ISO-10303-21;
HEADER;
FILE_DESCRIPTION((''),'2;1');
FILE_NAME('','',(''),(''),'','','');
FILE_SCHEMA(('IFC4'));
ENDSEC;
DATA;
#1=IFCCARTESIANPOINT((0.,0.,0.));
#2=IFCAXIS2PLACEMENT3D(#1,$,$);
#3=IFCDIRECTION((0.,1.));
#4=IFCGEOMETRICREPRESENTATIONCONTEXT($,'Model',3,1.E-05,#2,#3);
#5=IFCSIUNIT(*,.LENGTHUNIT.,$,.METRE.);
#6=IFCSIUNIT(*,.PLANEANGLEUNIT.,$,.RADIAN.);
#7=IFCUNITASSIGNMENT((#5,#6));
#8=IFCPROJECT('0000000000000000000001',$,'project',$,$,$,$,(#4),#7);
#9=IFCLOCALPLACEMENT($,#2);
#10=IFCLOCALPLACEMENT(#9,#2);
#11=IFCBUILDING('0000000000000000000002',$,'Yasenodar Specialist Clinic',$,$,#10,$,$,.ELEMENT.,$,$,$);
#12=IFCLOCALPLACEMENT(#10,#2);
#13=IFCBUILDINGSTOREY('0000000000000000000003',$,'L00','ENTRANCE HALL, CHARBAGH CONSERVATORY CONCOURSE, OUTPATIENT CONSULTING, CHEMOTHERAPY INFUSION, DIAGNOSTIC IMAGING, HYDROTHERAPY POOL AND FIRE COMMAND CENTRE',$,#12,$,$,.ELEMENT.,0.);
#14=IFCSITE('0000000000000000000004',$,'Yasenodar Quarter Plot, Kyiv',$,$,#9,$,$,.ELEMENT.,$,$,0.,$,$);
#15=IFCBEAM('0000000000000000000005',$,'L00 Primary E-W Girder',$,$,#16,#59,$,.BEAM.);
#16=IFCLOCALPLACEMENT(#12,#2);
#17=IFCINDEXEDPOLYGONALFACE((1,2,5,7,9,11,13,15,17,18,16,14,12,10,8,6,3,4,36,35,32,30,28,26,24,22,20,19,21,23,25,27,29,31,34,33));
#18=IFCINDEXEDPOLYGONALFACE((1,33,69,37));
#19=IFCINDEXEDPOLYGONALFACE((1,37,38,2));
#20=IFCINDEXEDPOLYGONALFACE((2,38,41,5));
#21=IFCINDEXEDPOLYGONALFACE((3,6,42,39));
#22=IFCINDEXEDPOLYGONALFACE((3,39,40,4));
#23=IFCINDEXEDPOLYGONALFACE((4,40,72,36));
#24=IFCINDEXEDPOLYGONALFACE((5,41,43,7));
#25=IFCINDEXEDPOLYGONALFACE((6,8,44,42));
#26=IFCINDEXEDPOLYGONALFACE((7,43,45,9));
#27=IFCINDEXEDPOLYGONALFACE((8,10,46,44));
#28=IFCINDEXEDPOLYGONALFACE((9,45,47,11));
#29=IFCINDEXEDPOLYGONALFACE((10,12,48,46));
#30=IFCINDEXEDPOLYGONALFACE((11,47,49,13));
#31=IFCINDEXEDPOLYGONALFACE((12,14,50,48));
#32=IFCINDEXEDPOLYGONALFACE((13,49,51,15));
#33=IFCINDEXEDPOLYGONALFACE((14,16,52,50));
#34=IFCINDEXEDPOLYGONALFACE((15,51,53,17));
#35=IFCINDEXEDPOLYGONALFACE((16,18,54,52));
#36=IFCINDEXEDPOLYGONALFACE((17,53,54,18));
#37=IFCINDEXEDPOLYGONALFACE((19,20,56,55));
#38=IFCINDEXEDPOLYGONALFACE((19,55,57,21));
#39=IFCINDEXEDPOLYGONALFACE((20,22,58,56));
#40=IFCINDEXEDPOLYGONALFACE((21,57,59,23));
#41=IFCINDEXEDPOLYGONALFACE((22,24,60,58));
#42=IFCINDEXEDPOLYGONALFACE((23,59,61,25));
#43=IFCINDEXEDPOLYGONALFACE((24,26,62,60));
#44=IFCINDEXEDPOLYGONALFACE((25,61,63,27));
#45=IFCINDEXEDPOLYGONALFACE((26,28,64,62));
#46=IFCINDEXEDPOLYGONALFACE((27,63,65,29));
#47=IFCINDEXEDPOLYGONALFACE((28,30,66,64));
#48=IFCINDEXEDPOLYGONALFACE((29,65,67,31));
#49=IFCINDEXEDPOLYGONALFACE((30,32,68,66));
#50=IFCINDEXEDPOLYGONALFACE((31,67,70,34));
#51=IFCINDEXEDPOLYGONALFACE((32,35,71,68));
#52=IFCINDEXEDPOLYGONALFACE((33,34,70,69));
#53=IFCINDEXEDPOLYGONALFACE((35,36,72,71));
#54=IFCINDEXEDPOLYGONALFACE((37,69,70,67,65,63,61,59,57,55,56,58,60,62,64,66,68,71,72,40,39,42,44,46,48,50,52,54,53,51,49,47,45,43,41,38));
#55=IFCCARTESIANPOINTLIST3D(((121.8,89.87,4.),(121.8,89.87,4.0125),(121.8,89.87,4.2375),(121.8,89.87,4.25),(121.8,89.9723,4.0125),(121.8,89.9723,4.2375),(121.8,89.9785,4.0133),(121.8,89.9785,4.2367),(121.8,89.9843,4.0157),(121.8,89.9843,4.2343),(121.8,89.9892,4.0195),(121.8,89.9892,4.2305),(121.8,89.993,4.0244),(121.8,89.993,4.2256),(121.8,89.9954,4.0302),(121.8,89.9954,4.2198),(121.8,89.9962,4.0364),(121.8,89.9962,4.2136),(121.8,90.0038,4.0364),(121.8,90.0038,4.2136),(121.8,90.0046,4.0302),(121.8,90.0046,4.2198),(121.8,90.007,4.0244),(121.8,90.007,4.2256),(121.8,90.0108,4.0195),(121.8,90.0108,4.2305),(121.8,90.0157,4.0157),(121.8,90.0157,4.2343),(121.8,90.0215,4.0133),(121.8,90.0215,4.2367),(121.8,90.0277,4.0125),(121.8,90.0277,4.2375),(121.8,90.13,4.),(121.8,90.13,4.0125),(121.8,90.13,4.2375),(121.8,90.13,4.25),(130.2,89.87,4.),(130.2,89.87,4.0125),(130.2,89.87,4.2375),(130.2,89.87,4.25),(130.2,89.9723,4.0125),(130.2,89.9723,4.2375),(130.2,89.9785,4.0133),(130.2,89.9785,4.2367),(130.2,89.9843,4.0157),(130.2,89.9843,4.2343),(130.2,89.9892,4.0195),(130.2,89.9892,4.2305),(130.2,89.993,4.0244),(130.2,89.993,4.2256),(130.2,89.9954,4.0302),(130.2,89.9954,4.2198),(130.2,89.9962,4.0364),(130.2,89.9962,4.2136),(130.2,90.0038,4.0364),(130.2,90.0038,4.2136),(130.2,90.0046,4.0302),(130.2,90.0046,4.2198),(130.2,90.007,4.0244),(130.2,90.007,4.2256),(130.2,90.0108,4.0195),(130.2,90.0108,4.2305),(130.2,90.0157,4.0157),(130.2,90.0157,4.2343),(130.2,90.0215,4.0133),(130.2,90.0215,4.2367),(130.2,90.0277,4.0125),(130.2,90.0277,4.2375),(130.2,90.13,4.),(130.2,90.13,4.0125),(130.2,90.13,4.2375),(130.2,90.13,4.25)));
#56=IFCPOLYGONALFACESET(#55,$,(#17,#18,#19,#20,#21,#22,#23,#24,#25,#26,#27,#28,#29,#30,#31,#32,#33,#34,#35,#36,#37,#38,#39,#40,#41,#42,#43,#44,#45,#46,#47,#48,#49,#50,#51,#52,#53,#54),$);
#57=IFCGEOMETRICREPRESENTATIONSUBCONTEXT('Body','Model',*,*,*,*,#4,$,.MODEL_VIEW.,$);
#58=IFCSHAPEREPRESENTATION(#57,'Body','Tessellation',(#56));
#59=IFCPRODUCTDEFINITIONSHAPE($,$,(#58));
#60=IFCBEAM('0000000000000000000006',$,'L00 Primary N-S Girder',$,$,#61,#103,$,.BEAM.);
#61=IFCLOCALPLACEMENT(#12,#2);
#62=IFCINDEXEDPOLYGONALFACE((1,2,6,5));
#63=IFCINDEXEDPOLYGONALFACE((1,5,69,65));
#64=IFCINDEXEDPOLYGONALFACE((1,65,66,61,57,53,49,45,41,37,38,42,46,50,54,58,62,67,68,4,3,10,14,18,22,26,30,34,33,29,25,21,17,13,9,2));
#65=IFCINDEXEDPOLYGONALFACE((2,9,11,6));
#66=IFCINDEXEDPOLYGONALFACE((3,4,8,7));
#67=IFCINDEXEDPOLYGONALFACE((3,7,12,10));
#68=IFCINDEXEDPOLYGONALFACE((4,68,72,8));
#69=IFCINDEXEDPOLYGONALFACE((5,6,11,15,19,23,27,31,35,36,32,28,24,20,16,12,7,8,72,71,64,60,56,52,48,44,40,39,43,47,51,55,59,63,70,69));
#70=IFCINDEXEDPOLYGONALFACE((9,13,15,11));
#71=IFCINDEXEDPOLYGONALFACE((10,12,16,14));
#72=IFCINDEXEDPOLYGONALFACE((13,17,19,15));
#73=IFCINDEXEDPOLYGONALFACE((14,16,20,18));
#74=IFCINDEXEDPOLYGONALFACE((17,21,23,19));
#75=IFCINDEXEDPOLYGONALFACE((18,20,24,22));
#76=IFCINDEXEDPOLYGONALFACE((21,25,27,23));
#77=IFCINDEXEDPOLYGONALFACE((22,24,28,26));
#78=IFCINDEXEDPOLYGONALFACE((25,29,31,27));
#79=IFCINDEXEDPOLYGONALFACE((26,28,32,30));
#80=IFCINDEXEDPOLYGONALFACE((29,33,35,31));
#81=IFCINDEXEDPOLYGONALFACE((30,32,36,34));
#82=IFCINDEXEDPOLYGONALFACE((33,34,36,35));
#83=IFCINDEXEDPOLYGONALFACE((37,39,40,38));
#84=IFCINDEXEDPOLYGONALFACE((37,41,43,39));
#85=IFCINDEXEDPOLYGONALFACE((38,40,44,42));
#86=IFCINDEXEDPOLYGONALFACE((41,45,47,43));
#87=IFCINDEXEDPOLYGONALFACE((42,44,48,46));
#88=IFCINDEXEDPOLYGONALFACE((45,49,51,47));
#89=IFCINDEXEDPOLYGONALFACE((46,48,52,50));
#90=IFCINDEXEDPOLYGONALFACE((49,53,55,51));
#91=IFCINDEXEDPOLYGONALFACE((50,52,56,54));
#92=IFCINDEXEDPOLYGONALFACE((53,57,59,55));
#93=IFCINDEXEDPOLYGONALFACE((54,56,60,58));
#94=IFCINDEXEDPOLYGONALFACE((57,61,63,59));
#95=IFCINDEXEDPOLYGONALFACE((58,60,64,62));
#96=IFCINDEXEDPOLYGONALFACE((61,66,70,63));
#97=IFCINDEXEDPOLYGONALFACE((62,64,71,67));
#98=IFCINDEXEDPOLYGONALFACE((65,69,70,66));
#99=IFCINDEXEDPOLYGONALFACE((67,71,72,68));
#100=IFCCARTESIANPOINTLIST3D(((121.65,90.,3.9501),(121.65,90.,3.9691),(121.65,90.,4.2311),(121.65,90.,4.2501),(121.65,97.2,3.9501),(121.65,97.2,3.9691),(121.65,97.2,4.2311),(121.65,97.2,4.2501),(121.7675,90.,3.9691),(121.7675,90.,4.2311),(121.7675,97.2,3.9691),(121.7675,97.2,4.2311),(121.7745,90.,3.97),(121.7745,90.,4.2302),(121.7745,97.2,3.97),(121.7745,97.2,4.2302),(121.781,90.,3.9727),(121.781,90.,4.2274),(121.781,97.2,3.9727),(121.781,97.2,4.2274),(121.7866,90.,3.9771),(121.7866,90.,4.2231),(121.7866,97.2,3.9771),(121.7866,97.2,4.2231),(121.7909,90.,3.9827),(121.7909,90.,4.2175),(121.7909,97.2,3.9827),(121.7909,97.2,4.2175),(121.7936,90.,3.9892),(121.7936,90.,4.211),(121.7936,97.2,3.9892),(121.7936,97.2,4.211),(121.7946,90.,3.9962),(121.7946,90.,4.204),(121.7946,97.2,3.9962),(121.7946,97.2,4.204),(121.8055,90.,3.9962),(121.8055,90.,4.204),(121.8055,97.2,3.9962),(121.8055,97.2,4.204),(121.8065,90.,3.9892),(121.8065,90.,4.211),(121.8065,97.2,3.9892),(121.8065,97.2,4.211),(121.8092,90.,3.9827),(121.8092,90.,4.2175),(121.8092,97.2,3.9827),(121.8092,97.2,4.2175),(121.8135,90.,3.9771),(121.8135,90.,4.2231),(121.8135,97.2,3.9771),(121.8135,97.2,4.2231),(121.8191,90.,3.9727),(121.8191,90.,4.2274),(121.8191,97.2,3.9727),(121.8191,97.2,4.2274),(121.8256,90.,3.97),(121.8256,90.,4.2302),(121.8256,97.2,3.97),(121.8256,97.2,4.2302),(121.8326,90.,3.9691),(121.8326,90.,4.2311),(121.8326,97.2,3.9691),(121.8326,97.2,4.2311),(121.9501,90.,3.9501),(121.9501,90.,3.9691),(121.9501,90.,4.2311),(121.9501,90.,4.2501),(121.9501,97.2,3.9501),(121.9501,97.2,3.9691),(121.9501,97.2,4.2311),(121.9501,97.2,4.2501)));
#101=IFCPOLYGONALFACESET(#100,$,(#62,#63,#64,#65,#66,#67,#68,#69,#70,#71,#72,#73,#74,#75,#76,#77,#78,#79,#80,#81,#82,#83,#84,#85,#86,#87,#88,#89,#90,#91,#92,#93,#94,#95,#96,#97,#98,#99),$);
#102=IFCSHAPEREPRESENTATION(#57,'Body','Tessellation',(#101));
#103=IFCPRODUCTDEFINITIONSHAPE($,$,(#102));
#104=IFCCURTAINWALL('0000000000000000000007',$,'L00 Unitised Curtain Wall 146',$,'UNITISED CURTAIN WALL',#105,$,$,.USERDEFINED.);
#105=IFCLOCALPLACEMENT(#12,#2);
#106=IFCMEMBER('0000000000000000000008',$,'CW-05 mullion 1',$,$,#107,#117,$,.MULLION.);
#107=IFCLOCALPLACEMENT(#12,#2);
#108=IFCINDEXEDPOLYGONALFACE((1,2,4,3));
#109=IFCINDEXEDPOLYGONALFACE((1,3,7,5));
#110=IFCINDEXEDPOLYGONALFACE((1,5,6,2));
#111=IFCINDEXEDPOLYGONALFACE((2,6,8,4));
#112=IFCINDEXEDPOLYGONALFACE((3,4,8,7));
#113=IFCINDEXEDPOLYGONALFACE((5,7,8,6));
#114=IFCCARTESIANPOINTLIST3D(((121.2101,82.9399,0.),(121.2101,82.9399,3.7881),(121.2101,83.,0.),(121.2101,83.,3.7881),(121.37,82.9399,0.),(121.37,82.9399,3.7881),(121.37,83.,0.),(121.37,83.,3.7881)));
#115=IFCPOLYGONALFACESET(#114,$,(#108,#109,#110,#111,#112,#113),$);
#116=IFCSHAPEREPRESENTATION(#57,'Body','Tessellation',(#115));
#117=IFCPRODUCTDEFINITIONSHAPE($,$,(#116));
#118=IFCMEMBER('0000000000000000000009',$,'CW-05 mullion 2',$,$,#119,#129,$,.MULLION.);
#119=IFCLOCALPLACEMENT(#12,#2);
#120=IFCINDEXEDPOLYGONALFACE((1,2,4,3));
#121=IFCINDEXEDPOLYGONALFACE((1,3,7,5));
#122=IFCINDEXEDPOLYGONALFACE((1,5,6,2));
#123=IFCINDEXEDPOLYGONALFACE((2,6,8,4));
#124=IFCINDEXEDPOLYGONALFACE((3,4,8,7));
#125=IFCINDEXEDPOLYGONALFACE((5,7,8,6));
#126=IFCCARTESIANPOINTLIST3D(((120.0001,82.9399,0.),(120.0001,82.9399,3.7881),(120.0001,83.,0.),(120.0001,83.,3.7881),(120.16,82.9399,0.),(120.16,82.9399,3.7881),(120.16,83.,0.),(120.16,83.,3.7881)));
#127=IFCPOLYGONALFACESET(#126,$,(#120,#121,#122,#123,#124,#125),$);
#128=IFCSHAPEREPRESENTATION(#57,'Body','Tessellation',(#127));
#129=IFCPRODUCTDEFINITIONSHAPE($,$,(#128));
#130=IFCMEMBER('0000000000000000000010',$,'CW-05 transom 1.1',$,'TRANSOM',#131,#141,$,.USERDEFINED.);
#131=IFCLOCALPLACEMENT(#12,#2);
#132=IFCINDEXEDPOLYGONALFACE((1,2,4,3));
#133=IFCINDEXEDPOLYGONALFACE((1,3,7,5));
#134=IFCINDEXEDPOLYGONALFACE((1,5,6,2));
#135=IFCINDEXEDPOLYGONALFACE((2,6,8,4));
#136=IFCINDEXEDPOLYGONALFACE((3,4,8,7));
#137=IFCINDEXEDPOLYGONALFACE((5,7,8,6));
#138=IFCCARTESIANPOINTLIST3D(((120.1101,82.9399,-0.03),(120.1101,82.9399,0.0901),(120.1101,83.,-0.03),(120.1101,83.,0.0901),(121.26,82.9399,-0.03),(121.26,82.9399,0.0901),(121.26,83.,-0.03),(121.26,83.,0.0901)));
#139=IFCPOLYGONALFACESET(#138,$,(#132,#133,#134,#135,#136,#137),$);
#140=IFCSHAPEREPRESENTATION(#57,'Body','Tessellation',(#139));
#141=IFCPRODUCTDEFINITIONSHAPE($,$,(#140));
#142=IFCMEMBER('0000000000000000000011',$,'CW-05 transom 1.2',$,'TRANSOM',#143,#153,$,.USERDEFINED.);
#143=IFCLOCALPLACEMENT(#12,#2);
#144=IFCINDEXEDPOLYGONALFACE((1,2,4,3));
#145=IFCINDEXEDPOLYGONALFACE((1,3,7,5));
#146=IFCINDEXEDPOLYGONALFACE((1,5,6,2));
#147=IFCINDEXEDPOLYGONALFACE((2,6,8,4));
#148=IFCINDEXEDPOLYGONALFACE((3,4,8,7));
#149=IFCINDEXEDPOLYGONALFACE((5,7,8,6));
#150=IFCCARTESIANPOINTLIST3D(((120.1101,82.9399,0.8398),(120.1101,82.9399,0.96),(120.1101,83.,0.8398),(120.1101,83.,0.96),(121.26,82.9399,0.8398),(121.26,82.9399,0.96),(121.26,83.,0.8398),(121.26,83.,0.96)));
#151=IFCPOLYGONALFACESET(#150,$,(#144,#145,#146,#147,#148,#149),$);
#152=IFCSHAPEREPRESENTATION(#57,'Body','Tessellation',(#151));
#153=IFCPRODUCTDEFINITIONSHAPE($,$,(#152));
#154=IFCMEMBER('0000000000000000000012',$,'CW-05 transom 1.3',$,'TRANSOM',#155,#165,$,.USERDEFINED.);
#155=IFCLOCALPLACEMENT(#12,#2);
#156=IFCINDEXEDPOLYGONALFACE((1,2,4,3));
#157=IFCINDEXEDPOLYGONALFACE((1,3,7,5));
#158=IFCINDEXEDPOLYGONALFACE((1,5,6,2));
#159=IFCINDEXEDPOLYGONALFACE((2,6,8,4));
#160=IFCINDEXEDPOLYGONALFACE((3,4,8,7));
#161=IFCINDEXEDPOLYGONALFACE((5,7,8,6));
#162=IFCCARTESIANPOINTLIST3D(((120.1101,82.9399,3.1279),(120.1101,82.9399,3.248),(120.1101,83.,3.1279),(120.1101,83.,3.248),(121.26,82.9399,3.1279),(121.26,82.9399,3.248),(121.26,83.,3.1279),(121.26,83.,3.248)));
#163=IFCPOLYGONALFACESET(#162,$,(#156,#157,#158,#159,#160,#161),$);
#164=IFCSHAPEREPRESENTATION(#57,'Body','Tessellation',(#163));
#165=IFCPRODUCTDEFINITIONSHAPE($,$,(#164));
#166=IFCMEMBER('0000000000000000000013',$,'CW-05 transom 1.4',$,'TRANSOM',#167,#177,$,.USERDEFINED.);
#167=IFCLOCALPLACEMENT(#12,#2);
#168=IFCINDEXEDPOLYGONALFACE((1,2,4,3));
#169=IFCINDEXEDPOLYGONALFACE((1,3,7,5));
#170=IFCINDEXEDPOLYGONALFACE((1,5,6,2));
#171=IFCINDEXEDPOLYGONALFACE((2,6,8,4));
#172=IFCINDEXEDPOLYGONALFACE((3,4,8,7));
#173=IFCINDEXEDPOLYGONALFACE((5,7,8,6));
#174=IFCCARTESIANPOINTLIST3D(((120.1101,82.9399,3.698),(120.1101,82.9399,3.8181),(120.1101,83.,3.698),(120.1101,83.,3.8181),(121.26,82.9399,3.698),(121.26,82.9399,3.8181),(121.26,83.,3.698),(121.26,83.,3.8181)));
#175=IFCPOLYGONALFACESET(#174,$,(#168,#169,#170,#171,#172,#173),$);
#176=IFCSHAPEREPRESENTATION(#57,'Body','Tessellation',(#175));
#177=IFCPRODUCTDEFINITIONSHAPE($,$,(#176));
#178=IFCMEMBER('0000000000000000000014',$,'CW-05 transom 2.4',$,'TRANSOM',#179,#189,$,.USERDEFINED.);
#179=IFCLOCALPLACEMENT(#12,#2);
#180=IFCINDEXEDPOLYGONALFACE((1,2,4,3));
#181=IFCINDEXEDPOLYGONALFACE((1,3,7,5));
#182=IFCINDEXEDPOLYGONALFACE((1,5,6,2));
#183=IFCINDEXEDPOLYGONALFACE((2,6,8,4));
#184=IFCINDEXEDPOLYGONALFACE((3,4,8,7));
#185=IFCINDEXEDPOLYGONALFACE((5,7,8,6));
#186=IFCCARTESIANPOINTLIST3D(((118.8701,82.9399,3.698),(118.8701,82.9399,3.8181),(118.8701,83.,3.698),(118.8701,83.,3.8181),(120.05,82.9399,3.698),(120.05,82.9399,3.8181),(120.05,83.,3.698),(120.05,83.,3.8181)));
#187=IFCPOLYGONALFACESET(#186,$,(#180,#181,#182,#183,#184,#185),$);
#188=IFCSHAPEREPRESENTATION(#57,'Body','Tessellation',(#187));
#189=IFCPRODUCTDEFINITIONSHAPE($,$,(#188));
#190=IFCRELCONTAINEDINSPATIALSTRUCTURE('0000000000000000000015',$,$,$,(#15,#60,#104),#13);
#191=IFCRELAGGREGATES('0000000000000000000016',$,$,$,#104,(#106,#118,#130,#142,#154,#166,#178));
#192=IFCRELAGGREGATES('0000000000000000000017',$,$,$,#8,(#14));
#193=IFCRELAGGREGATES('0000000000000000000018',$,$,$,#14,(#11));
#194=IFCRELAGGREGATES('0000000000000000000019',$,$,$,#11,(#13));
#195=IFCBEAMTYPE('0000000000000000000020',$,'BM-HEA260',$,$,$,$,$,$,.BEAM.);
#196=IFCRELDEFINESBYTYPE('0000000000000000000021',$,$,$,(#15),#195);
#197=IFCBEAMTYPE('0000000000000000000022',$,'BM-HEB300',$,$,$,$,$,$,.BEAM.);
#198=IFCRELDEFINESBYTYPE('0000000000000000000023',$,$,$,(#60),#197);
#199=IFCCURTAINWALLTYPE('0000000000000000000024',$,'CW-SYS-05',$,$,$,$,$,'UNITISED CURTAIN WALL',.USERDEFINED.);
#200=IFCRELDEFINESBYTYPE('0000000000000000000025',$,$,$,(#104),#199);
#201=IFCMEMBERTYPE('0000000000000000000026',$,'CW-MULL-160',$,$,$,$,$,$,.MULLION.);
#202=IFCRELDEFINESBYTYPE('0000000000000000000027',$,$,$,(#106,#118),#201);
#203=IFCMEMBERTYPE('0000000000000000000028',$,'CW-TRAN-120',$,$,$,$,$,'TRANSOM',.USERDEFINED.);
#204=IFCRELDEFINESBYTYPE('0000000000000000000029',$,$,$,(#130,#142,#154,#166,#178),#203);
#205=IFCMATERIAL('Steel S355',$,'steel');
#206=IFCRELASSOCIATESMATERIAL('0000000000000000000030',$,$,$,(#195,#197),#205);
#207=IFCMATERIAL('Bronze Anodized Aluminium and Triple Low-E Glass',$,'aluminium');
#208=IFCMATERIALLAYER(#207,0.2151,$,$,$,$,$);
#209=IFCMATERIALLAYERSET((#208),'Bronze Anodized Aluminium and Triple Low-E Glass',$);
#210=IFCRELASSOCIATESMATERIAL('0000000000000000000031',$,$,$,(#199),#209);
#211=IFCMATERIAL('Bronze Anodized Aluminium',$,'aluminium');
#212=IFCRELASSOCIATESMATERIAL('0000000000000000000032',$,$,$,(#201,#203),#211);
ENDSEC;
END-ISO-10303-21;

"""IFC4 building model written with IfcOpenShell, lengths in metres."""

from ifc_helpers import new_model, si_unit, direction, frame, origin, origin_2d, place, context, subcontext, project, spatial, rectangle, i_section, extrude, material, layer, layer_set, material_profile, profile_set, type_object, element, aggregate, save


model = new_model("IFC4")

# Units and contexts
model_context = context("Model", 3, precision=1e-05, world=origin(), true_north=direction((0.0, 1.0)))
body_context = subcontext(model_context, "Body", "Model", "MODEL_VIEW")
ifc_project = project(units=[si_unit("LENGTHUNIT", "METRE"), si_unit("PLANEANGLEUNIT", "RADIAN")], contexts=[model_context])

# Site, building, storey
site_placement = place(None, origin())
site = spatial("IfcSite", under=ifc_project, at=site_placement, Name="Yasenodar Quarter Plot, Kyiv", CompositionType="ELEMENT", RefElevation=0.0)
building_placement = place(site_placement, origin())
building = spatial("IfcBuilding", under=site, at=building_placement, Name="Yasenodar Specialist Clinic", CompositionType="ELEMENT")
storey_placement = place(building_placement, origin())
storey = spatial("IfcBuildingStorey", under=building, at=storey_placement, Name="L00", Description="ENTRANCE HALL, CHARBAGH CONSERVATORY CONCOURSE, OUTPATIENT CONSULTING, CHEMOTHERAPY INFUSION, DIAGNOSTIC IMAGING, HYDROTHERAPY POOL AND FIRE COMMAND CENTRE", CompositionType="ELEMENT", Elevation=0.0)

# Shared definitions
ifc_material_1 = material(Name="Steel S355", Category="steel")

# Beams
ifc_material_profile_1 = material_profile(ifc_material_1, i_section(OverallWidth=0.26, OverallDepth=0.25, WebThickness=0.0076, FlangeThickness=0.0125, FilletRadius=0.0239, at=origin_2d()), Name="HEA 260")
ifc_profile_set_1 = profile_set([ifc_material_profile_1], Name="Steel S355")
beam_type_1 = type_object("IfcBeamType", Name="BM-HEA260", PredefinedType="BEAM", material=ifc_profile_set_1)
beam_1_placement = place(storey_placement, frame((121.8, 90.0, 4.125), z_axis=(1.0, 0.0, 0.0), x_axis=(0.0, 1.0, 0.0)))
element("IfcBeam", 1, at=beam_1_placement, inside=storey, type_object=beam_type_1, Name="L00 Primary E-W Girder", PredefinedType="BEAM", context=body_context, shape_type="SweptSolid", body=[
    extrude(i_section(OverallWidth=0.26, OverallDepth=0.25, WebThickness=0.0076, FlangeThickness=0.0125, FilletRadius=0.0239, at=origin_2d()), origin(), (0.0, 0.0, 1.0), 8.3999),
])
ifc_material_profile_2 = material_profile(ifc_material_1, i_section(OverallWidth=0.3, OverallDepth=0.3, WebThickness=0.011, FlangeThickness=0.019, FilletRadius=0.0271, at=origin_2d()), Name="HEB 300")
ifc_profile_set_2 = profile_set([ifc_material_profile_2], Name="Steel S355")
beam_type_2 = type_object("IfcBeamType", Name="BM-HEB300", PredefinedType="BEAM", material=ifc_profile_set_2)
beam_2_placement = place(storey_placement, frame((121.8, 90.0, 4.1001), z_axis=(0.0, 1.0, 0.0), x_axis=(-1.0, 0.0, 0.0)))
element("IfcBeam", 2, at=beam_2_placement, inside=storey, type_object=beam_type_2, Name="L00 Primary N-S Girder", PredefinedType="BEAM", context=body_context, shape_type="SweptSolid", body=[
    extrude(i_section(OverallWidth=0.3, OverallDepth=0.3, WebThickness=0.011, FlangeThickness=0.019, FilletRadius=0.0271, at=origin_2d()), origin(), (0.0, 0.0, 1.0), 7.2),
])

# Curtain wall, members
ifc_material_2 = material(Name="Bronze Anodized Aluminium and Triple Low-E Glass", Category="aluminium")
ifc_layer_1 = layer(ifc_material_2, 0.2151)
ifc_layer_set_1 = layer_set([ifc_layer_1], Name="Bronze Anodized Aluminium and Triple Low-E Glass")
curtain_wall_type = type_object("IfcCurtainWallType", Name="CW-SYS-05", ElementType="UNITISED CURTAIN WALL", PredefinedType="USERDEFINED", material=ifc_layer_set_1)
curtain_wall_placement = place(storey_placement, origin())
curtain_wall = element("IfcCurtainWall", 3, at=curtain_wall_placement, inside=storey, type_object=curtain_wall_type, Name="L00 Unitised Curtain Wall 146", ObjectType="UNITISED CURTAIN WALL", PredefinedType="USERDEFINED")
ifc_material_3 = material(Name="Bronze Anodized Aluminium", Category="aluminium")
ifc_material_profile_3 = material_profile(ifc_material_3, rectangle(XDim=0.0601, YDim=0.1599, at=origin_2d()), Name="CW-MULL 60x160")
ifc_profile_set_3 = profile_set([ifc_material_profile_3], Name="Bronze Anodized Aluminium")
member_type_1 = type_object("IfcMemberType", Name="CW-MULL-160", PredefinedType="MULLION", material=ifc_profile_set_3)
member_1_placement = place(storey_placement, frame((121.29, 82.97, 0.0), z_axis=(0.0, 0.0, 1.0), x_axis=(0.0, -1.0, 0.0)))
member_1 = element("IfcMember", 4, at=member_1_placement, type_object=member_type_1, Name="CW-05 mullion 1", PredefinedType="MULLION", context=body_context, shape_type="SweptSolid", body=[
    extrude(rectangle(XDim=0.0601, YDim=0.1599, at=origin_2d()), origin(), (0.0, 0.0, 1.0), 3.7881),
])
member_2_placement = place(storey_placement, frame((120.0801, 82.97, 0.0), z_axis=(0.0, 0.0, 1.0), x_axis=(0.0, -1.0, 0.0)))
member_2 = element("IfcMember", 5, at=member_2_placement, type_object=member_type_1, Name="CW-05 mullion 2", PredefinedType="MULLION", context=body_context, shape_type="SweptSolid", body=[
    extrude(rectangle(XDim=0.0601, YDim=0.1599, at=origin_2d()), origin(), (0.0, 0.0, 1.0), 3.7881),
])
ifc_material_profile_4 = material_profile(ifc_material_3, rectangle(XDim=0.0601, YDim=0.1201, at=origin_2d()), Name="CW-TRAN 60x120")
ifc_profile_set_4 = profile_set([ifc_material_profile_4], Name="Bronze Anodized Aluminium")
member_type_2 = type_object("IfcMemberType", Name="CW-TRAN-120", ElementType="TRANSOM", PredefinedType="USERDEFINED", material=ifc_profile_set_4)
member_3_placement = place(storey_placement, frame((121.26, 82.97, 0.03), z_axis=(-1.0, 0.0, 0.0), x_axis=(0.0, -1.0, 0.0)))
member_3 = element("IfcMember", 6, at=member_3_placement, type_object=member_type_2, Name="CW-05 transom 1.1", ObjectType="TRANSOM", PredefinedType="USERDEFINED", context=body_context, shape_type="SweptSolid", body=[
    extrude(rectangle(XDim=0.0601, YDim=0.1201, at=origin_2d()), origin(), (0.0, 0.0, 1.0), 1.1499),
])
member_4_placement = place(storey_placement, frame((121.26, 82.97, 0.8999), z_axis=(-1.0, 0.0, 0.0), x_axis=(0.0, -1.0, 0.0)))
member_4 = element("IfcMember", 7, at=member_4_placement, type_object=member_type_2, Name="CW-05 transom 1.2", ObjectType="TRANSOM", PredefinedType="USERDEFINED", context=body_context, shape_type="SweptSolid", body=[
    extrude(rectangle(XDim=0.0601, YDim=0.1201, at=origin_2d()), origin(), (0.0, 0.0, 1.0), 1.1499),
])
member_5_placement = place(storey_placement, frame((121.26, 82.97, 3.188), z_axis=(-1.0, 0.0, 0.0), x_axis=(0.0, -1.0, 0.0)))
member_5 = element("IfcMember", 8, at=member_5_placement, type_object=member_type_2, Name="CW-05 transom 1.3", ObjectType="TRANSOM", PredefinedType="USERDEFINED", context=body_context, shape_type="SweptSolid", body=[
    extrude(rectangle(XDim=0.0601, YDim=0.1201, at=origin_2d()), origin(), (0.0, 0.0, 1.0), 1.1499),
])
member_6_placement = place(storey_placement, frame((121.26, 82.97, 3.7581), z_axis=(-1.0, 0.0, 0.0), x_axis=(0.0, -1.0, 0.0)))
member_6 = element("IfcMember", 9, at=member_6_placement, type_object=member_type_2, Name="CW-05 transom 1.4", ObjectType="TRANSOM", PredefinedType="USERDEFINED", context=body_context, shape_type="SweptSolid", body=[
    extrude(rectangle(XDim=0.0601, YDim=0.1201, at=origin_2d()), origin(), (0.0, 0.0, 1.0), 1.1499),
])
member_7_placement = place(storey_placement, frame((120.05, 82.97, 3.7581), z_axis=(-1.0, 0.0, 0.0), x_axis=(0.0, -1.0, 0.0)))
member_7 = element("IfcMember", 10, at=member_7_placement, type_object=member_type_2, Name="CW-05 transom 2.4", ObjectType="TRANSOM", PredefinedType="USERDEFINED", context=body_context, shape_type="SweptSolid", body=[
    extrude(rectangle(XDim=0.0601, YDim=0.1201, at=origin_2d()), origin(), (0.0, 0.0, 1.0), 1.1799),
])

aggregate(curtain_wall, [member_1, member_2, member_3, member_4, member_5, member_6, member_7])

save(model, "model.ifc")
